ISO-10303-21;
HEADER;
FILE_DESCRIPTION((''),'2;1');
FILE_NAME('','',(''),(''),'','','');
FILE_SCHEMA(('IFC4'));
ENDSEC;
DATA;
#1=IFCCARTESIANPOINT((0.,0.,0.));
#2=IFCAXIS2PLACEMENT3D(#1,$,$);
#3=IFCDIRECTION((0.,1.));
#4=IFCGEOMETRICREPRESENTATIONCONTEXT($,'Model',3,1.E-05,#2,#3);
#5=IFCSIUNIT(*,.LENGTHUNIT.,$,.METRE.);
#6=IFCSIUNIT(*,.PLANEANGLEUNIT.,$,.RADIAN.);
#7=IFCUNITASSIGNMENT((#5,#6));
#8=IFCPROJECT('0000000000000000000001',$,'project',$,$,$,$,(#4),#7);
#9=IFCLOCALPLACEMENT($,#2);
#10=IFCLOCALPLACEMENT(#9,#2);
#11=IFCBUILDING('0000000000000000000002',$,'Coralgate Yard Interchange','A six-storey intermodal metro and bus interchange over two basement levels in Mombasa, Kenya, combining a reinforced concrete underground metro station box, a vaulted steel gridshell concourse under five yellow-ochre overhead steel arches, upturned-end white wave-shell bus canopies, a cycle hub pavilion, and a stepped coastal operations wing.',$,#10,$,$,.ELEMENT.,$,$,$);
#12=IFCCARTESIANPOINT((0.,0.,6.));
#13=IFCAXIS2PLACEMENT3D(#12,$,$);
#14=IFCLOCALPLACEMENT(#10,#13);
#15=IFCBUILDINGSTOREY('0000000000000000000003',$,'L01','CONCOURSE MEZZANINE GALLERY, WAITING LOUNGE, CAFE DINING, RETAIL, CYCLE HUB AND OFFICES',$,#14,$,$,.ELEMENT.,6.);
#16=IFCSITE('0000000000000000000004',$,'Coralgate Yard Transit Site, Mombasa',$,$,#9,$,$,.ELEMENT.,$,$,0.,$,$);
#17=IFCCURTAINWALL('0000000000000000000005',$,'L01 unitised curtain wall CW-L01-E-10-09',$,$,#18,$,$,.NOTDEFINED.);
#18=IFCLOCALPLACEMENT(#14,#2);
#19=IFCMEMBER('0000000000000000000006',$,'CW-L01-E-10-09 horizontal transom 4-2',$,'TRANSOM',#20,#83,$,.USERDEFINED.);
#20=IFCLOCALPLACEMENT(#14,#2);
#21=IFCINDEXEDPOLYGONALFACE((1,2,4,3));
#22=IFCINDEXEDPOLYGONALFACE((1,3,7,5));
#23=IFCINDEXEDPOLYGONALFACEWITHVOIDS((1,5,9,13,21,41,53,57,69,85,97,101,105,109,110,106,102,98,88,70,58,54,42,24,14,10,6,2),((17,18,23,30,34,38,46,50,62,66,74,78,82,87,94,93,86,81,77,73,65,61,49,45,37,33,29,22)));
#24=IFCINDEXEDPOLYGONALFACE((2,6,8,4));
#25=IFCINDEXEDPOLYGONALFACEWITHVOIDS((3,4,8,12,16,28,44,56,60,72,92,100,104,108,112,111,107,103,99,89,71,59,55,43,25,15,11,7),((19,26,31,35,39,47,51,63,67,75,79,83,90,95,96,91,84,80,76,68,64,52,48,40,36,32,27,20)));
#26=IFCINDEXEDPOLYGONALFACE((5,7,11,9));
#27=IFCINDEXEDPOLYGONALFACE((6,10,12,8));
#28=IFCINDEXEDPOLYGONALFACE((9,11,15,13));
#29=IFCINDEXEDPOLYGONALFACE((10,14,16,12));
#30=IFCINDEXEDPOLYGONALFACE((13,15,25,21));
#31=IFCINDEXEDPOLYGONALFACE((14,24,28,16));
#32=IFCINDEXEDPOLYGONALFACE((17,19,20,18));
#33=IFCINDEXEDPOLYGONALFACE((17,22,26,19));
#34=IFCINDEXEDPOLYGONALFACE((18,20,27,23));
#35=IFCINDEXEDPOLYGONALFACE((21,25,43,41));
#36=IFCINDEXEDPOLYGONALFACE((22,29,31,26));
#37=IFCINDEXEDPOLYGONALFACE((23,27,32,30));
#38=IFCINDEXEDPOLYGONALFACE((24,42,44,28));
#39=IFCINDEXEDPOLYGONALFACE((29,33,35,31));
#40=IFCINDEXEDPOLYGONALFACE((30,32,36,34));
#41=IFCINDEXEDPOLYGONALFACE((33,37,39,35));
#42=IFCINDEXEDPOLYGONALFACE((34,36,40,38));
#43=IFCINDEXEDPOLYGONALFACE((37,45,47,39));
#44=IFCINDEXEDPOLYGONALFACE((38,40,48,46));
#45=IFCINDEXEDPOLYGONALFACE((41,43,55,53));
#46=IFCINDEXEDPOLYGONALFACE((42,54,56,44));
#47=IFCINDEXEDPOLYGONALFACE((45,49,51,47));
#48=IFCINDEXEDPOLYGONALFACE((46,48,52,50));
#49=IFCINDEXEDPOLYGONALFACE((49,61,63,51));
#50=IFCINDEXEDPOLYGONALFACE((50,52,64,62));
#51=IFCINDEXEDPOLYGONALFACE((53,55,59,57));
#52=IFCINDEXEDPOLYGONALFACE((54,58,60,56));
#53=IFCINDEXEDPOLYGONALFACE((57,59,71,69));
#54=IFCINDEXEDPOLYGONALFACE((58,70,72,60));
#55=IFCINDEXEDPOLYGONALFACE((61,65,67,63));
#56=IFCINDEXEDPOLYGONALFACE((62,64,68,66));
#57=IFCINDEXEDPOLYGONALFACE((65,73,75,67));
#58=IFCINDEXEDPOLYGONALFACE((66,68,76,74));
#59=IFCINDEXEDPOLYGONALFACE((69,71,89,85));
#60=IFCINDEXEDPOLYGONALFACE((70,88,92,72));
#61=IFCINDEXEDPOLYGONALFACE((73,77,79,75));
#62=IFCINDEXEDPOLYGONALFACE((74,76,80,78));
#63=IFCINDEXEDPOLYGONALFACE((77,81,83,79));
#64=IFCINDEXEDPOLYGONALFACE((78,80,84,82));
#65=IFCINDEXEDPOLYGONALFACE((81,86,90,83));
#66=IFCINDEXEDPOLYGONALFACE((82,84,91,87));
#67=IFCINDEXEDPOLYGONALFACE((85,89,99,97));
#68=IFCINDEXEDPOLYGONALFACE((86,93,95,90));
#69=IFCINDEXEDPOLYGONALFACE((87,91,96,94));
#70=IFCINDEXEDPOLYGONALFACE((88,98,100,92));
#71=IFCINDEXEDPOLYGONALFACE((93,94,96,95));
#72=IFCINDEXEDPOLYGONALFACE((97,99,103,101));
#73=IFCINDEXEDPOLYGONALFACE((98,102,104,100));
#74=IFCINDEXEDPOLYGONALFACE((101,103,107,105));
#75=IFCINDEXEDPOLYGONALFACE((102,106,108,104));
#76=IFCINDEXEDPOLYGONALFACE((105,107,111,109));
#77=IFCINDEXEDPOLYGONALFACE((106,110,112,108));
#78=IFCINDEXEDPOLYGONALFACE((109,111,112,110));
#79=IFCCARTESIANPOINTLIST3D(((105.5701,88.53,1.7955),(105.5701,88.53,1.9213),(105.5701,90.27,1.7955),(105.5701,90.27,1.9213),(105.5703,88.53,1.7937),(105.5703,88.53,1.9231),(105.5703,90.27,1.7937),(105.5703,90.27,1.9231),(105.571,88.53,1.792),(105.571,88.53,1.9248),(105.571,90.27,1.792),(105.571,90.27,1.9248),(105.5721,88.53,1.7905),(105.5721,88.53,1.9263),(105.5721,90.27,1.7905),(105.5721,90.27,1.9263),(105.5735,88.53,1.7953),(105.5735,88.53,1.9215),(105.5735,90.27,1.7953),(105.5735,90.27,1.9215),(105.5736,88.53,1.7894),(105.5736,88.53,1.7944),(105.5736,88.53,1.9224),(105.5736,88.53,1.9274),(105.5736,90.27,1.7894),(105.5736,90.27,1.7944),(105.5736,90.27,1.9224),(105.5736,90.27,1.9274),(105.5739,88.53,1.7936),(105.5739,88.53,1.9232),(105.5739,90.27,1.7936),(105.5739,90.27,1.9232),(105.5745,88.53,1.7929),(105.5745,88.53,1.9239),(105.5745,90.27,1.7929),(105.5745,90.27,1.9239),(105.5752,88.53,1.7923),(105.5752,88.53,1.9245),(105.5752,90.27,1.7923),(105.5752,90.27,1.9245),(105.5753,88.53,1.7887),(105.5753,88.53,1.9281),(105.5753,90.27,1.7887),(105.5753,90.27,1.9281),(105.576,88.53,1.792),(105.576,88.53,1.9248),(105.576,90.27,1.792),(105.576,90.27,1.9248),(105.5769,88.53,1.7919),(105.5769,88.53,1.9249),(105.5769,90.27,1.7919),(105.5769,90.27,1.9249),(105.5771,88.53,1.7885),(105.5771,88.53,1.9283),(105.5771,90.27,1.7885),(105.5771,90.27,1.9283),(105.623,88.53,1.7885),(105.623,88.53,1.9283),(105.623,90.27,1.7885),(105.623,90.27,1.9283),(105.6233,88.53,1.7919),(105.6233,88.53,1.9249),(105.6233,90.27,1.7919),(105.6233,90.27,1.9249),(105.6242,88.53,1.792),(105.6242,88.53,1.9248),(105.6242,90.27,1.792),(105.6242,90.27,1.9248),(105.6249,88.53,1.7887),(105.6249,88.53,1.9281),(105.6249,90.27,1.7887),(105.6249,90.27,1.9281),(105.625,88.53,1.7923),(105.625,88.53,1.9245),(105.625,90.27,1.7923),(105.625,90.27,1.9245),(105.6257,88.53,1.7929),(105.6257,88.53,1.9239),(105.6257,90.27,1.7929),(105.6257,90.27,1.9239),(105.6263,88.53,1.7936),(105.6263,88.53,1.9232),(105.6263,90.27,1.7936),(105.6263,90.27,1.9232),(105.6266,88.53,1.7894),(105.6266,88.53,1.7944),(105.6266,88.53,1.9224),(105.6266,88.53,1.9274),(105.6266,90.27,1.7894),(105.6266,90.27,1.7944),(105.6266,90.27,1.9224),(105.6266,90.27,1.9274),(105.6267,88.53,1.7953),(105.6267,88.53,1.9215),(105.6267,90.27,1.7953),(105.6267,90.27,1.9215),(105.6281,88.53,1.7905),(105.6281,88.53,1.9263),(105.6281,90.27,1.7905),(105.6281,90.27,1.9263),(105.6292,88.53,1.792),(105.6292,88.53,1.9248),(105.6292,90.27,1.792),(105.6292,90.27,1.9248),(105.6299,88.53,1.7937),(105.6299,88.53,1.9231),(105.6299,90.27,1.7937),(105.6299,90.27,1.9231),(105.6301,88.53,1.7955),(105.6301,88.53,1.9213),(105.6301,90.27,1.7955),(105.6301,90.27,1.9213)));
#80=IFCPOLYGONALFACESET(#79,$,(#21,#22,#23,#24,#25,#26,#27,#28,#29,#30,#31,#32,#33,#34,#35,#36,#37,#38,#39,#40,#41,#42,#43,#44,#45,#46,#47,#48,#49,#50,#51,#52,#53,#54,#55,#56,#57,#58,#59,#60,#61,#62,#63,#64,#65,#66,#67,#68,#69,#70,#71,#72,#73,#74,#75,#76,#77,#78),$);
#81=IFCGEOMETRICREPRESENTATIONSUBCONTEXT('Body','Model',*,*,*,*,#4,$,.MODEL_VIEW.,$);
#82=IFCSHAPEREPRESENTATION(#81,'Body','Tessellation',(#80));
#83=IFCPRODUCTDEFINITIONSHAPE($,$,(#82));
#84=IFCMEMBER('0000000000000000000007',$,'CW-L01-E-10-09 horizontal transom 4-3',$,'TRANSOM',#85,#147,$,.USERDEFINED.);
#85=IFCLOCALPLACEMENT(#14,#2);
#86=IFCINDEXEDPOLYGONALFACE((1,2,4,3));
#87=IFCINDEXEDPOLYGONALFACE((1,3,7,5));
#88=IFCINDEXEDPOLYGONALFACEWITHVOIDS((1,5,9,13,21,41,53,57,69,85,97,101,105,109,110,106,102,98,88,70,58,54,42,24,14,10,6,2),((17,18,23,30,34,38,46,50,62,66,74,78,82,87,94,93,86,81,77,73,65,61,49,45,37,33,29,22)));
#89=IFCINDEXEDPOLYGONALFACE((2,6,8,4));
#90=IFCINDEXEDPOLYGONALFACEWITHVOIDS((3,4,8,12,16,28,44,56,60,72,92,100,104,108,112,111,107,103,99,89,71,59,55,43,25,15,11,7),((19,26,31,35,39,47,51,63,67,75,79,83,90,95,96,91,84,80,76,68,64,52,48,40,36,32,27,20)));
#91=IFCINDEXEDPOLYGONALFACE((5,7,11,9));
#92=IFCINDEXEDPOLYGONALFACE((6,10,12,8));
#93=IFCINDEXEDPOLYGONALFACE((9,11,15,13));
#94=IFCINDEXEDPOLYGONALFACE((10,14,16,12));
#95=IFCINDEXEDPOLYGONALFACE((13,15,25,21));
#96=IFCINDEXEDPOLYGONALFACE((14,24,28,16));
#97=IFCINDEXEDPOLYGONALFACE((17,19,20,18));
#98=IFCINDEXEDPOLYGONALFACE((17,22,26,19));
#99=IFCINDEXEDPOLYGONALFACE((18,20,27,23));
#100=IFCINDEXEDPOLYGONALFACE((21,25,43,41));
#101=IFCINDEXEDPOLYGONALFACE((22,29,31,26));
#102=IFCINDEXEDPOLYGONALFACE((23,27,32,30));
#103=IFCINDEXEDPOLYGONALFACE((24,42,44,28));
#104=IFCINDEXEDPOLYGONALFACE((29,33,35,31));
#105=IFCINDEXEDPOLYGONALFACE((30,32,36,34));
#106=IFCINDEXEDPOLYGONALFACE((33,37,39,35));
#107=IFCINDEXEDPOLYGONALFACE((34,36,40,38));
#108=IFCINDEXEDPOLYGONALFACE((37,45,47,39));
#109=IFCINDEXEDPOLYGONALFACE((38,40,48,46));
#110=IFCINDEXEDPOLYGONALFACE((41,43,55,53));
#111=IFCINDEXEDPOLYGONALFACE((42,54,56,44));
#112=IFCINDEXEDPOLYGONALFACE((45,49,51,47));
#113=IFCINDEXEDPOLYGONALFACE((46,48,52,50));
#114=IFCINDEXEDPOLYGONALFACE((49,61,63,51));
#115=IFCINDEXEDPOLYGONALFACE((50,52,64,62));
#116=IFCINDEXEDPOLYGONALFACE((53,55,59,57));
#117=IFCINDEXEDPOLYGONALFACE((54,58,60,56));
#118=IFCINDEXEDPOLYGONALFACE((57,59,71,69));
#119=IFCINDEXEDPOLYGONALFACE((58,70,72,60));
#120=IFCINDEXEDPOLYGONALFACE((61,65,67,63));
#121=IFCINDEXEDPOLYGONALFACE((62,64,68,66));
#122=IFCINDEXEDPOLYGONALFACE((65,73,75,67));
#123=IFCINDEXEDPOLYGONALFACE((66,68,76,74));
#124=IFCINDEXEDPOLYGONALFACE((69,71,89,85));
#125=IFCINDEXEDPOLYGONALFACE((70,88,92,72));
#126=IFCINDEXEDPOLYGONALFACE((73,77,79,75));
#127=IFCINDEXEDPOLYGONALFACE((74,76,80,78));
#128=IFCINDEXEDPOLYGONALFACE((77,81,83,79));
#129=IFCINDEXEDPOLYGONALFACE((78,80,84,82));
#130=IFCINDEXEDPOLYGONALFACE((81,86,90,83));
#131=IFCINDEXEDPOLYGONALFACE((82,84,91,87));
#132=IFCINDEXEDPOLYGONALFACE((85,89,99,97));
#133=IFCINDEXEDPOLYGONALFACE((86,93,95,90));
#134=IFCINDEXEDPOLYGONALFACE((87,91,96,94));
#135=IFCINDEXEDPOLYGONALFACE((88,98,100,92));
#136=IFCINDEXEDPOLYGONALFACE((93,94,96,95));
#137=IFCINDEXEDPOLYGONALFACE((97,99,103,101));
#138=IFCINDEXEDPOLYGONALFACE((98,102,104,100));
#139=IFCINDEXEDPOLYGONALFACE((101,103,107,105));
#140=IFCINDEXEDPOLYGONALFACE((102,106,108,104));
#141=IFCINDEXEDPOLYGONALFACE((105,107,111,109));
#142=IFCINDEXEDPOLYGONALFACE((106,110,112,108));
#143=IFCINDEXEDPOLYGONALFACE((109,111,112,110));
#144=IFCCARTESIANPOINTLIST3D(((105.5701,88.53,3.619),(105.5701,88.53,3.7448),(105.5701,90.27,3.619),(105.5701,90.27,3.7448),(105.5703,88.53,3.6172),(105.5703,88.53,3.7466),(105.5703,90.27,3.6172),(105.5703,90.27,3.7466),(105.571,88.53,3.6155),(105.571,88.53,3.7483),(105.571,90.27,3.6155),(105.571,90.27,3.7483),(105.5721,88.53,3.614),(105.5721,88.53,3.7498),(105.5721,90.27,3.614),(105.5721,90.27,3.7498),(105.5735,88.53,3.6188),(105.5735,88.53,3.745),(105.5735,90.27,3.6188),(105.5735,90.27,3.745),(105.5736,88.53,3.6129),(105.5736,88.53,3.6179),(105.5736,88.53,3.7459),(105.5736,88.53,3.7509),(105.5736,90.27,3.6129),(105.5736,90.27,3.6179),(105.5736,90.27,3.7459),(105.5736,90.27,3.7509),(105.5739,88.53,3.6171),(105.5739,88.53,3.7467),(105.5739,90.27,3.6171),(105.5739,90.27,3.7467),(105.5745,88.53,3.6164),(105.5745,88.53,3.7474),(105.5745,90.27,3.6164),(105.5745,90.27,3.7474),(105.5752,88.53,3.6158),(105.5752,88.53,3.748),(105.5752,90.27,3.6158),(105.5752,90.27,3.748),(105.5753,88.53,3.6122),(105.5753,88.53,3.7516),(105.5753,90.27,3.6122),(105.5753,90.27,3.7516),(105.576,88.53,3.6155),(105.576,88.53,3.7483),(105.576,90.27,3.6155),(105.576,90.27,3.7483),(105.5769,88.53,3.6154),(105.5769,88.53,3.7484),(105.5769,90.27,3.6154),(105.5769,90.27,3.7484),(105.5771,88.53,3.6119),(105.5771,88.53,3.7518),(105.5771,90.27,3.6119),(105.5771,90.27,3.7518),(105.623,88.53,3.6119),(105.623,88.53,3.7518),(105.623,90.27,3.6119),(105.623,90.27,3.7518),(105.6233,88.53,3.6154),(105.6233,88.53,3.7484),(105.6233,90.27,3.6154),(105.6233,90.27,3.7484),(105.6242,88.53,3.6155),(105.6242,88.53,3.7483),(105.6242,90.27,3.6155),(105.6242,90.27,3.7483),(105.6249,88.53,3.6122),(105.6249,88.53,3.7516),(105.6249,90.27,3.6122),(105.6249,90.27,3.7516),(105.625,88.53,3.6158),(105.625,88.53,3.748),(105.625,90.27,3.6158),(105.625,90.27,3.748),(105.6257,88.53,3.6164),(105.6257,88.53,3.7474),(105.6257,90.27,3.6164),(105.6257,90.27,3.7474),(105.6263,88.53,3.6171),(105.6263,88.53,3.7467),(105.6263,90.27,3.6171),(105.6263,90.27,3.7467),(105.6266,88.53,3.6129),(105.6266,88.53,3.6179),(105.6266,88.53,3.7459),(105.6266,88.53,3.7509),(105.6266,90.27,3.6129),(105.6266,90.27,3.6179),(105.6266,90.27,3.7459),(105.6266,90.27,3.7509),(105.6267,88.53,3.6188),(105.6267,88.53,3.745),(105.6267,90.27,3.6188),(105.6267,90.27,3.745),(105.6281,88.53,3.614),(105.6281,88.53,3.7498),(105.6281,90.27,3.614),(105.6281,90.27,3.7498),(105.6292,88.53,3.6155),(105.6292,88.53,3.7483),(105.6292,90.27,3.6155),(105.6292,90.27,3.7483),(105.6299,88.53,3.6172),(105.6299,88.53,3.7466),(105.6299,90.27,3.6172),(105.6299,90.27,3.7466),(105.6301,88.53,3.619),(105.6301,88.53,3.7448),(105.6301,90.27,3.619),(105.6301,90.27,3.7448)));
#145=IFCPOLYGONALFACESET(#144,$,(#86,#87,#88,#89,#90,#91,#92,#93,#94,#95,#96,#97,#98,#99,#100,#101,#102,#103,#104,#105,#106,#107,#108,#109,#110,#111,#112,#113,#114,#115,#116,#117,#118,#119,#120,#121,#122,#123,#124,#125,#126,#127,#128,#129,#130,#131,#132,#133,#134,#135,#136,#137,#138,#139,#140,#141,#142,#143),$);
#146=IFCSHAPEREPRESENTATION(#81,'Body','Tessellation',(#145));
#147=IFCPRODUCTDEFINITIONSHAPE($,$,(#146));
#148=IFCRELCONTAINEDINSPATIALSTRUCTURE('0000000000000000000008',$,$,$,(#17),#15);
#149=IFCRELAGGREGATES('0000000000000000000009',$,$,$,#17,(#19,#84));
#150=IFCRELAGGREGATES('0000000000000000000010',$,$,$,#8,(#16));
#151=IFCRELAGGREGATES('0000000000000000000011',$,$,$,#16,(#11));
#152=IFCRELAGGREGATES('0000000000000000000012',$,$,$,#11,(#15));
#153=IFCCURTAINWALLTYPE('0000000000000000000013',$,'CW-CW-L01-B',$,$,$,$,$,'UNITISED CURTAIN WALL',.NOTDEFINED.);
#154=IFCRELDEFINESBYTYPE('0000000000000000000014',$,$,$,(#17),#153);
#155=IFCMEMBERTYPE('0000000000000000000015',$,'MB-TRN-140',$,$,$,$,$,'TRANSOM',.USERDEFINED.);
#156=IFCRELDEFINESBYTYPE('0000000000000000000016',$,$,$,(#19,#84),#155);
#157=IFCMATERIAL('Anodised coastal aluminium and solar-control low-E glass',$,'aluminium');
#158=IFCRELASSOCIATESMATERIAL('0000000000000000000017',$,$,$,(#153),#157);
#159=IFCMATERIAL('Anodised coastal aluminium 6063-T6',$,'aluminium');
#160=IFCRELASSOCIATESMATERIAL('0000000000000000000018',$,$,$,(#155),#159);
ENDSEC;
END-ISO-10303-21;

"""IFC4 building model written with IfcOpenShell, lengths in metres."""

from ifc_helpers import new_model, si_unit, direction, frame, origin, origin_2d, place, context, subcontext, project, spatial, hollow_rectangle, extrude, material, material_profile, profile_set, type_object, element, aggregate, save


model = new_model("IFC4")

# Units and contexts
model_context = context("Model", 3, precision=1e-05, world=origin(), true_north=direction((0.0, 1.0)))
body_context = subcontext(model_context, "Body", "Model", "MODEL_VIEW")
ifc_project = project(units=[si_unit("LENGTHUNIT", "METRE"), si_unit("PLANEANGLEUNIT", "RADIAN")], contexts=[model_context])

# Site, building, storey
site_placement = place(None, origin())
site = spatial("IfcSite", under=ifc_project, at=site_placement, Name="Coralgate Yard Transit Site, Mombasa", CompositionType="ELEMENT", RefElevation=0.0)
building_placement = place(site_placement, origin())
building = spatial("IfcBuilding", under=site, at=building_placement, Name="Coralgate Yard Interchange", Description="A six-storey intermodal metro and bus interchange over two basement levels in Mombasa, Kenya, combining a reinforced concrete underground metro station box, a vaulted steel gridshell concourse under five yellow-ochre overhead steel arches, upturned-end white wave-shell bus canopies, a cycle hub pavilion, and a stepped coastal operations wing.", CompositionType="ELEMENT")
storey_placement = place(building_placement, frame((0.0, 0.0, 6.0)))
storey = spatial("IfcBuildingStorey", under=building, at=storey_placement, Name="L01", Description="CONCOURSE MEZZANINE GALLERY, WAITING LOUNGE, CAFE DINING, RETAIL, CYCLE HUB AND OFFICES", CompositionType="ELEMENT", Elevation=6.0)

# Curtain wall, members
ifc_material_1 = material(Name="Anodised coastal aluminium and solar-control low-E glass", Category="aluminium")
curtain_wall_type = type_object("IfcCurtainWallType", Name="CW-CW-L01-B", ElementType="UNITISED CURTAIN WALL", PredefinedType="NOTDEFINED", material=ifc_material_1)
curtain_wall_placement = place(storey_placement, origin())
curtain_wall = element("IfcCurtainWall", 1, at=curtain_wall_placement, inside=storey, type_object=curtain_wall_type, Name="L01 unitised curtain wall CW-L01-E-10-09", PredefinedType="NOTDEFINED")
ifc_material_2 = material(Name="Anodised coastal aluminium 6063-T6", Category="aluminium")
ifc_material_profile_1 = material_profile(ifc_material_2, hollow_rectangle(XDim=0.0601, YDim=0.1399, WallThickness=0.0034, InnerFilletRadius=0.0034, OuterFilletRadius=0.0071, at=origin_2d()), Name="ALU 60x140x3.5")
ifc_profile_set_1 = profile_set([ifc_material_profile_1], Name="Anodised coastal aluminium 6063-T6")
member_type_1 = type_object("IfcMemberType", Name="MB-TRN-140", ElementType="TRANSOM", PredefinedType="USERDEFINED", material=ifc_profile_set_1)
member_1_placement = place(storey_placement, frame((105.6001, 90.27, 1.8584), z_axis=(0.0, -1.0, 0.0), x_axis=(1.0, 0.0, 0.0)))
member_1 = element("IfcMember", 2, at=member_1_placement, type_object=member_type_1, Name="CW-L01-E-10-09 horizontal transom 4-2", ObjectType="TRANSOM", PredefinedType="USERDEFINED", context=body_context, shape_type="SweptSolid", body=[
    extrude(hollow_rectangle(XDim=0.0601, YDim=0.1399, WallThickness=0.0034, InnerFilletRadius=0.0034, OuterFilletRadius=0.0071, at=origin_2d()), origin(), (0.0, 0.0, 1.0), 1.74),
])
member_2_placement = place(storey_placement, frame((105.6001, 90.27, 3.6819), z_axis=(0.0, -1.0, 0.0), x_axis=(1.0, 0.0, 0.0)))
member_2 = element("IfcMember", 3, at=member_2_placement, type_object=member_type_1, Name="CW-L01-E-10-09 horizontal transom 4-3", ObjectType="TRANSOM", PredefinedType="USERDEFINED", context=body_context, shape_type="SweptSolid", body=[
    extrude(hollow_rectangle(XDim=0.0601, YDim=0.1399, WallThickness=0.0034, InnerFilletRadius=0.0034, OuterFilletRadius=0.0071, at=origin_2d()), origin(), (0.0, 0.0, 1.0), 1.74),
])
aggregate(curtain_wall, [member_1, member_2])

save(model, "model.ifc")
